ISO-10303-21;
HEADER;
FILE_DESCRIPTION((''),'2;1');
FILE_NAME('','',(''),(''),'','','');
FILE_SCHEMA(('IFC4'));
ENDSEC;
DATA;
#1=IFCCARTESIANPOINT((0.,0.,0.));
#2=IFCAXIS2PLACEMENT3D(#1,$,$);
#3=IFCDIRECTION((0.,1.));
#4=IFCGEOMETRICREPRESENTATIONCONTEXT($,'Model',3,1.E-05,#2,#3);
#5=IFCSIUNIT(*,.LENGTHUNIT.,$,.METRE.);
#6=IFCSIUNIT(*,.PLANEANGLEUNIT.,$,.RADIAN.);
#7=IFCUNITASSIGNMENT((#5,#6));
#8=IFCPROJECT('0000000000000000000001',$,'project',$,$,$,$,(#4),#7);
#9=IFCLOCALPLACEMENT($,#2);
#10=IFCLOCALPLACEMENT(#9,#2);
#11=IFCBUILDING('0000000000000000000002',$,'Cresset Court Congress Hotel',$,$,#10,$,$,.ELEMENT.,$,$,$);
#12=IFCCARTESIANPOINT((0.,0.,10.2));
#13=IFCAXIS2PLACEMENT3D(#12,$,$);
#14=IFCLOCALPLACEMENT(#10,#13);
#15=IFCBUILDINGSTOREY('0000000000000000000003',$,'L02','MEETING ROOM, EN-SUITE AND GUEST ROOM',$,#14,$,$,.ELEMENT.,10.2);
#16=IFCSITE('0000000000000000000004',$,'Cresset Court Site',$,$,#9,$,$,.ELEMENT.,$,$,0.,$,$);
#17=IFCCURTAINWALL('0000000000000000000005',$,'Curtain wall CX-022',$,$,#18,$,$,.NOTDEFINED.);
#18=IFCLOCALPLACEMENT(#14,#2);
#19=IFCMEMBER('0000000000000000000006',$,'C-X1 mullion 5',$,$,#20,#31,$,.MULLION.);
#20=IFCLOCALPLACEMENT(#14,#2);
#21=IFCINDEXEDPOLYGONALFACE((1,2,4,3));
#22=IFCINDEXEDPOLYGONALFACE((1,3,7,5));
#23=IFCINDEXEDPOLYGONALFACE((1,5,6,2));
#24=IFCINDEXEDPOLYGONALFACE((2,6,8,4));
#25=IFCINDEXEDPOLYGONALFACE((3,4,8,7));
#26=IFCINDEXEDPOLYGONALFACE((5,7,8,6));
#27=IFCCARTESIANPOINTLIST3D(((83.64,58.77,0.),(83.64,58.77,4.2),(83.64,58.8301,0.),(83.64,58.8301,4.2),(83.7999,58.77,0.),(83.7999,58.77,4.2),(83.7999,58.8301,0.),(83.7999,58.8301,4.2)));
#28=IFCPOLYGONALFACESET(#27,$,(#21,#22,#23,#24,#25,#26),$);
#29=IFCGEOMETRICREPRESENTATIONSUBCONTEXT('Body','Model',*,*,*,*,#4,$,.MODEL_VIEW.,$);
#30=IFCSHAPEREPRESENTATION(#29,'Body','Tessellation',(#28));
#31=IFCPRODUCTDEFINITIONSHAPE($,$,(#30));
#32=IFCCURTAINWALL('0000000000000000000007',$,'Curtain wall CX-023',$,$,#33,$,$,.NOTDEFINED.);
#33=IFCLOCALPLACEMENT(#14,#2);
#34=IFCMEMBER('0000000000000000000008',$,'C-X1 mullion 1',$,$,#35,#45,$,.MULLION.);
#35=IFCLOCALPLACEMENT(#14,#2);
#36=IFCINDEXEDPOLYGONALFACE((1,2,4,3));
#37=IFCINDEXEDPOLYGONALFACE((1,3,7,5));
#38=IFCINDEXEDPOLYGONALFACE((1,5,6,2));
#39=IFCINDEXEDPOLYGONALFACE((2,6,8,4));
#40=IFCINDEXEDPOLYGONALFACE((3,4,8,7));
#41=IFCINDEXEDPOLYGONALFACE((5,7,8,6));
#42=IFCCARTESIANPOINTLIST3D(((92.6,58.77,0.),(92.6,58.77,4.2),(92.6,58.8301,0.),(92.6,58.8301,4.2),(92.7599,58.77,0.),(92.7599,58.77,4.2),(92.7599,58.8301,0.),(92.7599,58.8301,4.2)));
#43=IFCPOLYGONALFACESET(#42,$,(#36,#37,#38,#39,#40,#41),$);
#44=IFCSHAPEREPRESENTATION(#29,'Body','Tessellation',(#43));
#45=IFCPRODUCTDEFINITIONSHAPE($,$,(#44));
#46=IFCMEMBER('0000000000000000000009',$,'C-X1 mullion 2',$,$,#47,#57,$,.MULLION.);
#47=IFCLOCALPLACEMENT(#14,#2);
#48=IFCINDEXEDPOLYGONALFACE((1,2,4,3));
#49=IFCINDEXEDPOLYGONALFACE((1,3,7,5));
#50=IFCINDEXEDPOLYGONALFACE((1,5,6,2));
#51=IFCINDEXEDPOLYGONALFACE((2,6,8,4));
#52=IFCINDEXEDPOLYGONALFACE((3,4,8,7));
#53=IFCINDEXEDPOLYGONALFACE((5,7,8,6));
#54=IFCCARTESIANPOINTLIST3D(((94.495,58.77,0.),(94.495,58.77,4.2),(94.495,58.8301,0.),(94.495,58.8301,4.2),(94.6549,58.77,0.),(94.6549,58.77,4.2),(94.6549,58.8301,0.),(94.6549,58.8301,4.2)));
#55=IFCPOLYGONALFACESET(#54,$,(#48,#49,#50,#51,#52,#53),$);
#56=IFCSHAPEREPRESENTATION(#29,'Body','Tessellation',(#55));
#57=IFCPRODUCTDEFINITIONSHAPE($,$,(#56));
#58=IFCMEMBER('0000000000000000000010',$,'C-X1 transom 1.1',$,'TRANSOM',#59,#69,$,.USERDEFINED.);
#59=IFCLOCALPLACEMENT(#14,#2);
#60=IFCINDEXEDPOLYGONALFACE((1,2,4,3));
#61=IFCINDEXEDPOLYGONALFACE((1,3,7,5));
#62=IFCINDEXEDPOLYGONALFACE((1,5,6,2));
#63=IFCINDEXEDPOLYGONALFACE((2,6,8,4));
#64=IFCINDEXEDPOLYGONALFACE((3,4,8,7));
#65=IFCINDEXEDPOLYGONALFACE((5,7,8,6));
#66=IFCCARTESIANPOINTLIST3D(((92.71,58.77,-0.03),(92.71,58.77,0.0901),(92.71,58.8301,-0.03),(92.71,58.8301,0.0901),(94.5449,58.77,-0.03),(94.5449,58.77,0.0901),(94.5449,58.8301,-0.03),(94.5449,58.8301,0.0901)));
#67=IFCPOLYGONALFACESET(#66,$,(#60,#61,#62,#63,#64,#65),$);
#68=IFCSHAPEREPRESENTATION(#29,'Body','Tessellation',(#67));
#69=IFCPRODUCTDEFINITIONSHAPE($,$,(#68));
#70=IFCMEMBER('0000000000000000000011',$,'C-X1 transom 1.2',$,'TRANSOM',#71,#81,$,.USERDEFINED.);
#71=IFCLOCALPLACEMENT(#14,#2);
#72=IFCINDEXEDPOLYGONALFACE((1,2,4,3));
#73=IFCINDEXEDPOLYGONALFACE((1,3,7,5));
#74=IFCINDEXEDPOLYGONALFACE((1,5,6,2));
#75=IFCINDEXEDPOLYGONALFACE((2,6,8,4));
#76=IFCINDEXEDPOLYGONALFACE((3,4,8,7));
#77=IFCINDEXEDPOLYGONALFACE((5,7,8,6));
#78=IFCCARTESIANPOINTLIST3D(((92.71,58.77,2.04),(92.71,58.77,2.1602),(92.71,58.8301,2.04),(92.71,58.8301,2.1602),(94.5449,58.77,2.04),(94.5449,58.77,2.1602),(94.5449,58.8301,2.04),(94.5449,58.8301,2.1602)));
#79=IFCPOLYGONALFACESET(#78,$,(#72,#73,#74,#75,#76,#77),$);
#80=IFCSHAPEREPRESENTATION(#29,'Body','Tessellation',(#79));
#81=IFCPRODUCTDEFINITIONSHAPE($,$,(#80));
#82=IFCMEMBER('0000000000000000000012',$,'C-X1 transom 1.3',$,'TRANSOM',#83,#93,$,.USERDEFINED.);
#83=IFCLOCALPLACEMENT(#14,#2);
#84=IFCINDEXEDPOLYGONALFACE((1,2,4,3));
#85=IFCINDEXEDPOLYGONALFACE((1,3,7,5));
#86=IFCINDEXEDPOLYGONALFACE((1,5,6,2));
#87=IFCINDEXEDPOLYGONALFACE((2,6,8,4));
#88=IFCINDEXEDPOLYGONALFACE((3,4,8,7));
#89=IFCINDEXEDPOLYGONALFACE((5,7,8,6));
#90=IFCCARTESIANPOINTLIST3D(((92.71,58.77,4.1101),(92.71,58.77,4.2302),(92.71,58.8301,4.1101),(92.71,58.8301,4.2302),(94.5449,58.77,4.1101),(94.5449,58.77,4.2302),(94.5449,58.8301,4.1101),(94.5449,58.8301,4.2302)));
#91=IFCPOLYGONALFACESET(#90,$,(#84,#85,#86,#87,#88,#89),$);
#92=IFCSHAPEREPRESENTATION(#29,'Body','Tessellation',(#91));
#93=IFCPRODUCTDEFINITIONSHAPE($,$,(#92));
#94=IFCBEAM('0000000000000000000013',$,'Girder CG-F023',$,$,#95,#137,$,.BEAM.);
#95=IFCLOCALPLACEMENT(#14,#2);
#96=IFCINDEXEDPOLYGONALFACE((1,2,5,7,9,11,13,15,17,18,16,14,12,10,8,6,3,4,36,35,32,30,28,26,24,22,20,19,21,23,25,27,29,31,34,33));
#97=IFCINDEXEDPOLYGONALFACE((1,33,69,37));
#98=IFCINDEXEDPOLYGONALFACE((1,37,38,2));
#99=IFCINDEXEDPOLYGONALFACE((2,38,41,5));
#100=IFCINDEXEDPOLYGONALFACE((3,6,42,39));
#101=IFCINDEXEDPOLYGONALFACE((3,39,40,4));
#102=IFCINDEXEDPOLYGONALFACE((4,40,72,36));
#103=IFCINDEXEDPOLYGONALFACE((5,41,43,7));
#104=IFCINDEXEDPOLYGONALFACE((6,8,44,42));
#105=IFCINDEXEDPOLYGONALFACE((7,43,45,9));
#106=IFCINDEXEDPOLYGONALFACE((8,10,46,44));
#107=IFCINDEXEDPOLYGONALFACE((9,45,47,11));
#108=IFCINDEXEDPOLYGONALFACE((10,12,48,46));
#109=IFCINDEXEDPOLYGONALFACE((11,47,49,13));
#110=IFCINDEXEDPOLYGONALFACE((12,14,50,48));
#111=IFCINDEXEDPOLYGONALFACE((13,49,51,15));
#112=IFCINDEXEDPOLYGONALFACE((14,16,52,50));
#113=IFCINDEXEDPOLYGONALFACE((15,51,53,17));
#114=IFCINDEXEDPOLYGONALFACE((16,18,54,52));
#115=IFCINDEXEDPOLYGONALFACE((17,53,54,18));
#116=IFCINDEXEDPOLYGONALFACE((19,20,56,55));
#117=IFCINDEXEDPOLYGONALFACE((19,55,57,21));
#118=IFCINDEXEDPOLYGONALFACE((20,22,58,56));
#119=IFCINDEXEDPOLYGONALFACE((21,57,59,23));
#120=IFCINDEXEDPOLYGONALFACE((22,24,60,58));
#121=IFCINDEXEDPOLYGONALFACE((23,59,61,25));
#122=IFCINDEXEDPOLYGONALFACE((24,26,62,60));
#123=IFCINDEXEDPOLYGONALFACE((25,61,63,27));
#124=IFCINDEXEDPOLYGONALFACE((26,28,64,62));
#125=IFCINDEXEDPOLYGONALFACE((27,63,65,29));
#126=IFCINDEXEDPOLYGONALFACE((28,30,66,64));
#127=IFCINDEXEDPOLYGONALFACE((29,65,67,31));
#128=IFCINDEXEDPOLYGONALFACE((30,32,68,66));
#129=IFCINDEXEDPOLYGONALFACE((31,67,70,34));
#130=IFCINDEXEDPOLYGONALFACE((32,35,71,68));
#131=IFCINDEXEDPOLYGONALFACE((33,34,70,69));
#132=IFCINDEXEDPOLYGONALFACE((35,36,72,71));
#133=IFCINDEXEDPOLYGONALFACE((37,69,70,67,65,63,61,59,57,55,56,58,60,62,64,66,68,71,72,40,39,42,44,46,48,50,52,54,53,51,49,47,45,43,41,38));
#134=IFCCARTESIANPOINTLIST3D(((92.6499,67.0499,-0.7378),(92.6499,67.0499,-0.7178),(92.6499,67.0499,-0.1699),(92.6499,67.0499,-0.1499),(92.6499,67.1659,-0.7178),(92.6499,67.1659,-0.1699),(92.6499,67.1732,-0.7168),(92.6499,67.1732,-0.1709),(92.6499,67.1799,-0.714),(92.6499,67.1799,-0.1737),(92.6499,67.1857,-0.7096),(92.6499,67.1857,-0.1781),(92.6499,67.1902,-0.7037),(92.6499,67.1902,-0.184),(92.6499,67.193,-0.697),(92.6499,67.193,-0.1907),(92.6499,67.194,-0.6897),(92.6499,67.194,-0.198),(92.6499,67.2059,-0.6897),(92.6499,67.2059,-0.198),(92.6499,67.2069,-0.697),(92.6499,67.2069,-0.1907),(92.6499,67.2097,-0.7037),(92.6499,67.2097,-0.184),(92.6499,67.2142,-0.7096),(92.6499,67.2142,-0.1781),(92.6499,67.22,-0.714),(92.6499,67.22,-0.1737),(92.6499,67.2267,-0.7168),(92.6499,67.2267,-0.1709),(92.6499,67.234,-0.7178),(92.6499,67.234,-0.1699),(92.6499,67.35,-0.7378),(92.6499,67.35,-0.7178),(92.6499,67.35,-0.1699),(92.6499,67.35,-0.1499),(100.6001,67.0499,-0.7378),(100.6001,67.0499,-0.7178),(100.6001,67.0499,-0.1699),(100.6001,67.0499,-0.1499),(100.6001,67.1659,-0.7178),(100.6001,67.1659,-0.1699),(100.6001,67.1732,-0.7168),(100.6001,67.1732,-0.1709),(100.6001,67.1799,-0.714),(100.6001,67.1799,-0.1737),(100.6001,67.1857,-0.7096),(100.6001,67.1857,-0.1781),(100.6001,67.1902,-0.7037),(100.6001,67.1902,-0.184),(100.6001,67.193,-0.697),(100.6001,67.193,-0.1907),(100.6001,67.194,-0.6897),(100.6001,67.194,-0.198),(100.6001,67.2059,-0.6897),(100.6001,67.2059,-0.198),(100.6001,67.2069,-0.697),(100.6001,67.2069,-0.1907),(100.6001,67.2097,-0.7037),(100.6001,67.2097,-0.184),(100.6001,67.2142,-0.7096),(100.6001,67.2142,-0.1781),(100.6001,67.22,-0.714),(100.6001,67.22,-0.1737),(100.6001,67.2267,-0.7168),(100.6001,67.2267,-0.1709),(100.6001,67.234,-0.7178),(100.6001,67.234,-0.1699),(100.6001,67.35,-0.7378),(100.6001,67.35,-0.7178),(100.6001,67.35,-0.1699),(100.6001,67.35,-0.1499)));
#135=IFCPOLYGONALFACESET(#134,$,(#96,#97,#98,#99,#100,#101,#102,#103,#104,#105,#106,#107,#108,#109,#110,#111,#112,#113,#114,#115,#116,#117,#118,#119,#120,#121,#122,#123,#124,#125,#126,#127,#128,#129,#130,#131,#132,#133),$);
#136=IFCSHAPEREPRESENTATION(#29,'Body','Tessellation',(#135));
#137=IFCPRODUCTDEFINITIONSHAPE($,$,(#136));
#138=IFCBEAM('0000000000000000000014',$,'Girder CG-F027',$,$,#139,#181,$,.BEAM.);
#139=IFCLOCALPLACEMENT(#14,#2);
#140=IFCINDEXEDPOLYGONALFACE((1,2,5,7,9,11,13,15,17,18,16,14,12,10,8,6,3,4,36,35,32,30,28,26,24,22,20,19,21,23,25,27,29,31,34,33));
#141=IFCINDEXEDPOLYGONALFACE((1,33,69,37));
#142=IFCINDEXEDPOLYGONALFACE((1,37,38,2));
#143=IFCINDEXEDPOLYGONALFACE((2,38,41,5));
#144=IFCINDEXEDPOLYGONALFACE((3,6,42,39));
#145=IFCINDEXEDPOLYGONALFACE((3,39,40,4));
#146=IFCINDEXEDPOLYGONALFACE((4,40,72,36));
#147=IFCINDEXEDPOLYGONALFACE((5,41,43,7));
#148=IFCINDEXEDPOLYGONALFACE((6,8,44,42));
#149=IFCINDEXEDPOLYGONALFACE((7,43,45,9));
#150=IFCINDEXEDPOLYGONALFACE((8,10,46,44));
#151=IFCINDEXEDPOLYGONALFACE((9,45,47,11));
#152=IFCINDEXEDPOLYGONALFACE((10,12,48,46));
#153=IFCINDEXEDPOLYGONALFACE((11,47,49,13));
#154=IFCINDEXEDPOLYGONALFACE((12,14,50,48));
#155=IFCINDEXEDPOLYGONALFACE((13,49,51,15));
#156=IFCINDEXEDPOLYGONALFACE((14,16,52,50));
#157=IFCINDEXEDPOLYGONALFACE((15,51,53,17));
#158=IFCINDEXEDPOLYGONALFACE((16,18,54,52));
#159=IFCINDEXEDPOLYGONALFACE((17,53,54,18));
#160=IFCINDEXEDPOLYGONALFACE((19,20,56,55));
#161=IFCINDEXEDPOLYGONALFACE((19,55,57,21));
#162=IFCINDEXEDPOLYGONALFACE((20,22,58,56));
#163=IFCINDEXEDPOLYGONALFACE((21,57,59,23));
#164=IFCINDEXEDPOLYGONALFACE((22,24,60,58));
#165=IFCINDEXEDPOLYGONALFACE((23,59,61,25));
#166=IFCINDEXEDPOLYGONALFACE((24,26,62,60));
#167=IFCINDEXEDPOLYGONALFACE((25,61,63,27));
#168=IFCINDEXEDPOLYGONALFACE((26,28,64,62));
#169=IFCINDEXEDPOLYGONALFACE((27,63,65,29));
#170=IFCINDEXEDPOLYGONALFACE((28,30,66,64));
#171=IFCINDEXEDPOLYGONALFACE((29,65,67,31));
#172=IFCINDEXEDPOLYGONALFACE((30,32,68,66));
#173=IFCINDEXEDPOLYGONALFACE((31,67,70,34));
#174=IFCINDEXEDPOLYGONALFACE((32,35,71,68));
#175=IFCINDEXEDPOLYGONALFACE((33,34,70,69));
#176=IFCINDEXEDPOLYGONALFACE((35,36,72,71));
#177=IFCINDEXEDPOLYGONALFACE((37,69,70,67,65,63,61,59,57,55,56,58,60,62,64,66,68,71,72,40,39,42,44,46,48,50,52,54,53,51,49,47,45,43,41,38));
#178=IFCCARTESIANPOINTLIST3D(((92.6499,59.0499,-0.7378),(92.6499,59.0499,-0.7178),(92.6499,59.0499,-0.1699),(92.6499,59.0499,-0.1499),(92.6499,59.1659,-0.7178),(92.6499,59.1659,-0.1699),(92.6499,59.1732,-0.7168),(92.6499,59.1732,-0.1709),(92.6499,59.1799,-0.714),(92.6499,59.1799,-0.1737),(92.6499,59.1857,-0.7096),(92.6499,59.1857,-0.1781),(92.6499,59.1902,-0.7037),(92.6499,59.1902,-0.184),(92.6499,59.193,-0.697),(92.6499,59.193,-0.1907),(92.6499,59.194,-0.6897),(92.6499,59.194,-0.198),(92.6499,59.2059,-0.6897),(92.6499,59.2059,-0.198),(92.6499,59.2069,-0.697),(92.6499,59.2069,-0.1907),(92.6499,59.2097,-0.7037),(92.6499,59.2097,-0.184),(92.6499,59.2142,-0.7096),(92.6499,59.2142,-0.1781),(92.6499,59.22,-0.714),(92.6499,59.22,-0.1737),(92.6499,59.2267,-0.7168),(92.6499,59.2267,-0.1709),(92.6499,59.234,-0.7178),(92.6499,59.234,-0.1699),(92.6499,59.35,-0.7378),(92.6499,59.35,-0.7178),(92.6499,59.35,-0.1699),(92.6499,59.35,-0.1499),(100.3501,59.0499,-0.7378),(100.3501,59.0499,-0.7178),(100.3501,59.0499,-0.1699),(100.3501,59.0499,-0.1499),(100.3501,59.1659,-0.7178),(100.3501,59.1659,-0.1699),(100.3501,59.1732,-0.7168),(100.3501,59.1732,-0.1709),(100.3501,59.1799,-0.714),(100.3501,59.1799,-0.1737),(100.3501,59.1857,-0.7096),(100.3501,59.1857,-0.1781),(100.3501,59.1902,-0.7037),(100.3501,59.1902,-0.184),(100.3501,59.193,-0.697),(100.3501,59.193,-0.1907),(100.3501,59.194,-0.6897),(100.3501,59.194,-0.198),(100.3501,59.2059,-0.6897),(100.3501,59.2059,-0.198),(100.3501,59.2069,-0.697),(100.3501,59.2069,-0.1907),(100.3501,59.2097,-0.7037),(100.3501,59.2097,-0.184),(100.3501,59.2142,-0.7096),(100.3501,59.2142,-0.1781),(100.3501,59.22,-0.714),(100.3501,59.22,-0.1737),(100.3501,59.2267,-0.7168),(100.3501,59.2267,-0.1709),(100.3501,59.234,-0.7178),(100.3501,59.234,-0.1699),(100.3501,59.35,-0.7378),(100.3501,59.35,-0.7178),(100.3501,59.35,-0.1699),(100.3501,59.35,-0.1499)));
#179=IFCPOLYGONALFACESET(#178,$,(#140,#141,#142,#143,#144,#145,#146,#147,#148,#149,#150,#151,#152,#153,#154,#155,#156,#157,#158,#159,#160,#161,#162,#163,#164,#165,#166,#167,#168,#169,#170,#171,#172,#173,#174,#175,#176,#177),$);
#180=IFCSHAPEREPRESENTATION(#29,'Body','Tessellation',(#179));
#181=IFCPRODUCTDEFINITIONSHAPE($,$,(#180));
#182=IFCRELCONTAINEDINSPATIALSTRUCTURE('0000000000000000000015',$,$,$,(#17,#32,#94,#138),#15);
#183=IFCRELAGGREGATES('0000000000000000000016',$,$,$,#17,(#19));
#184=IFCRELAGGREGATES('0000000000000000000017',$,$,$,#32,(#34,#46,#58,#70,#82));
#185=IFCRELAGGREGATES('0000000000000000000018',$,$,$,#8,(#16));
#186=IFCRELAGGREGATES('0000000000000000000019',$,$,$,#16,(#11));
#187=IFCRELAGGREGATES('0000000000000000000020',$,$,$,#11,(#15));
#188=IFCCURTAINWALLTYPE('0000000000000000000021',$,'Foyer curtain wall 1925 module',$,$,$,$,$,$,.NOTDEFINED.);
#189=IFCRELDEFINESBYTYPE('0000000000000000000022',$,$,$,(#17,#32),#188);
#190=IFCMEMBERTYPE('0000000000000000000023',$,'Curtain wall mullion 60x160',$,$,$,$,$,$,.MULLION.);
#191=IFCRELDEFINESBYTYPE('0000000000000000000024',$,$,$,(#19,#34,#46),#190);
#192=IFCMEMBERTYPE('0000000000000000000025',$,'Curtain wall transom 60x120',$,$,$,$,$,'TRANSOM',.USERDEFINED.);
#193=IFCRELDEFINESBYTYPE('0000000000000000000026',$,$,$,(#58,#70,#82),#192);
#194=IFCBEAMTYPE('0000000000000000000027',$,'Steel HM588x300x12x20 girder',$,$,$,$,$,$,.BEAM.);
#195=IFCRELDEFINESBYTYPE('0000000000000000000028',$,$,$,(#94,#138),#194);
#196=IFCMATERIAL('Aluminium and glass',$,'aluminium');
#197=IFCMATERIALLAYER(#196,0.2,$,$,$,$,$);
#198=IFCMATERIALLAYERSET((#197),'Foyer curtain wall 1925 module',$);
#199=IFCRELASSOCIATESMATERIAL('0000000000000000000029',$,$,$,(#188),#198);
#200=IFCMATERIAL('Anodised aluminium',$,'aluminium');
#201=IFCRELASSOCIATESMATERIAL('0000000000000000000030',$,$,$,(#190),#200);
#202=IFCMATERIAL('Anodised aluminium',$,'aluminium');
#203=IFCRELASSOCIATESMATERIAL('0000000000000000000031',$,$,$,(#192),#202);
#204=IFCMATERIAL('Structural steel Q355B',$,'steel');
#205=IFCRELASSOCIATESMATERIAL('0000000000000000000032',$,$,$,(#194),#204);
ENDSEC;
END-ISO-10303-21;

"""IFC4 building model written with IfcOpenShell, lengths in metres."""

from ifc_helpers import new_model, si_unit, direction, frame, origin, origin_2d, place, context, subcontext, project, spatial, rectangle, i_section, extrude, material, layer, layer_set, material_profile, profile_set, type_object, element, aggregate, save


model = new_model("IFC4")

# Units and contexts
model_context = context("Model", 3, precision=1e-05, world=origin(), true_north=direction((0.0, 1.0)))
body_context = subcontext(model_context, "Body", "Model", "MODEL_VIEW")
ifc_project = project(units=[si_unit("LENGTHUNIT", "METRE"), si_unit("PLANEANGLEUNIT", "RADIAN")], contexts=[model_context])

# Site, building, storey
site_placement = place(None, origin())
site = spatial("IfcSite", under=ifc_project, at=site_placement, Name="Cresset Court Site", CompositionType="ELEMENT", RefElevation=0.0)
building_placement = place(site_placement, origin())
building = spatial("IfcBuilding", under=site, at=building_placement, Name="Cresset Court Congress Hotel", CompositionType="ELEMENT")
storey_placement = place(building_placement, frame((0.0, 0.0, 10.2)))
storey = spatial("IfcBuildingStorey", under=building, at=storey_placement, Name="L02", Description="MEETING ROOM, EN-SUITE AND GUEST ROOM", CompositionType="ELEMENT", Elevation=10.2)

# Curtain wall, member
ifc_material_1 = material(Name="Aluminium and glass", Category="aluminium")
ifc_layer_1 = layer(ifc_material_1, 0.2)
ifc_layer_set_1 = layer_set([ifc_layer_1], Name="Foyer curtain wall 1925 module")
curtain_wall_type = type_object("IfcCurtainWallType", Name="Foyer curtain wall 1925 module", PredefinedType="NOTDEFINED", material=ifc_layer_set_1)
curtain_wall_1_placement = place(storey_placement, origin())
curtain_wall_1 = element("IfcCurtainWall", 1, at=curtain_wall_1_placement, inside=storey, type_object=curtain_wall_type, Name="Curtain wall CX-022", PredefinedType="NOTDEFINED")
ifc_material_2 = material(Name="Anodised aluminium", Category="aluminium")
ifc_material_profile_1 = material_profile(ifc_material_2, rectangle(XDim=0.0601, YDim=0.1599, at=origin_2d()), Name="AL60x160")
ifc_profile_set_1 = profile_set([ifc_material_profile_1], Name="Anodised aluminium")
member_type_1 = type_object("IfcMemberType", Name="Curtain wall mullion 60x160", PredefinedType="MULLION", material=ifc_profile_set_1)
member_1_placement = place(storey_placement, frame((83.72, 58.8, 0.0), z_axis=(0.0, 0.0, 1.0), x_axis=(0.0, 1.0, 0.0)))
member_1 = element("IfcMember", 2, at=member_1_placement, type_object=member_type_1, Name="C-X1 mullion 5", PredefinedType="MULLION", context=body_context, shape_type="SweptSolid", body=[
    extrude(rectangle(XDim=0.0601, YDim=0.1599, at=origin_2d()), origin(), (0.0, 0.0, 1.0), 4.2),
])
aggregate(curtain_wall_1, [member_1])

# Curtain wall, members
curtain_wall_2_placement = place(storey_placement, origin())
curtain_wall_2 = element("IfcCurtainWall", 3, at=curtain_wall_2_placement, inside=storey, type_object=curtain_wall_type, Name="Curtain wall CX-023", PredefinedType="NOTDEFINED")
member_2_placement = place(storey_placement, frame((92.6799, 58.8, 0.0), z_axis=(0.0, 0.0, 1.0), x_axis=(0.0, 1.0, 0.0)))
member_2 = element("IfcMember", 4, at=member_2_placement, type_object=member_type_1, Name="C-X1 mullion 1", PredefinedType="MULLION", context=body_context, shape_type="SweptSolid", body=[
    extrude(rectangle(XDim=0.0601, YDim=0.1599, at=origin_2d()), origin(), (0.0, 0.0, 1.0), 4.2),
])
member_3_placement = place(storey_placement, frame((94.575, 58.8, 0.0), z_axis=(0.0, 0.0, 1.0), x_axis=(0.0, 1.0, 0.0)))
member_3 = element("IfcMember", 5, at=member_3_placement, type_object=member_type_1, Name="C-X1 mullion 2", PredefinedType="MULLION", context=body_context, shape_type="SweptSolid", body=[
    extrude(rectangle(XDim=0.0601, YDim=0.1599, at=origin_2d()), origin(), (0.0, 0.0, 1.0), 4.2),
])
ifc_material_3 = material(Name="Anodised aluminium", Category="aluminium")
ifc_material_profile_2 = material_profile(ifc_material_3, rectangle(XDim=0.0601, YDim=0.1201, at=origin_2d()), Name="AL60x120")
ifc_profile_set_2 = profile_set([ifc_material_profile_2], Name="Anodised aluminium")
member_type_2 = type_object("IfcMemberType", Name="Curtain wall transom 60x120", ElementType="TRANSOM", PredefinedType="USERDEFINED", material=ifc_profile_set_2)
member_4_placement = place(storey_placement, frame((92.71, 58.8, 0.03), z_axis=(1.0, 0.0, 0.0), x_axis=(0.0, 1.0, 0.0)))
member_4 = element("IfcMember", 6, at=member_4_placement, type_object=member_type_2, Name="C-X1 transom 1.1", ObjectType="TRANSOM", PredefinedType="USERDEFINED", context=body_context, shape_type="SweptSolid", body=[
    extrude(rectangle(XDim=0.0601, YDim=0.1201, at=origin_2d()), origin(), (0.0, 0.0, 1.0), 1.835),
])
member_5_placement = place(storey_placement, frame((92.71, 58.8, 2.1001), z_axis=(1.0, 0.0, 0.0), x_axis=(0.0, 1.0, 0.0)))
member_5 = element("IfcMember", 7, at=member_5_placement, type_object=member_type_2, Name="C-X1 transom 1.2", ObjectType="TRANSOM", PredefinedType="USERDEFINED", context=body_context, shape_type="SweptSolid", body=[
    extrude(rectangle(XDim=0.0601, YDim=0.1201, at=origin_2d()), origin(), (0.0, 0.0, 1.0), 1.835),
])
member_6_placement = place(storey_placement, frame((92.71, 58.8, 4.1702), z_axis=(1.0, 0.0, 0.0), x_axis=(0.0, 1.0, 0.0)))
member_6 = element("IfcMember", 8, at=member_6_placement, type_object=member_type_2, Name="C-X1 transom 1.3", ObjectType="TRANSOM", PredefinedType="USERDEFINED", context=body_context, shape_type="SweptSolid", body=[
    extrude(rectangle(XDim=0.0601, YDim=0.1201, at=origin_2d()), origin(), (0.0, 0.0, 1.0), 1.835),
])

# Beams
ifc_material_4 = material(Name="Structural steel Q355B", Category="steel")
ifc_material_profile_3 = material_profile(ifc_material_4, i_section(OverallWidth=0.3, OverallDepth=0.5879, WebThickness=0.012, FlangeThickness=0.02, FilletRadius=0.0281, at=origin_2d()), Name="HM588x300x12x20")
ifc_profile_set_3 = profile_set([ifc_material_profile_3], Name="Structural steel Q355B")
beam_type_1 = type_object("IfcBeamType", Name="Steel HM588x300x12x20 girder", PredefinedType="BEAM", material=ifc_profile_set_3)
beam_1_placement = place(storey_placement, frame((92.6499, 67.2, -0.4438), z_axis=(1.0, 0.0, 0.0), x_axis=(0.0, 1.0, 0.0)))
element("IfcBeam", 9, at=beam_1_placement, inside=storey, type_object=beam_type_1, Name="Girder CG-F023", PredefinedType="BEAM", context=body_context, shape_type="SweptSolid", body=[
    extrude(i_section(OverallWidth=0.3, OverallDepth=0.5879, WebThickness=0.012, FlangeThickness=0.02, FilletRadius=0.0281, at=origin_2d()), origin(), (0.0, 0.0, 1.0), 7.9502),
])
beam_2_placement = place(storey_placement, frame((92.6499, 59.2, -0.4438), z_axis=(1.0, 0.0, 0.0), x_axis=(0.0, 1.0, 0.0)))
element("IfcBeam", 10, at=beam_2_placement, inside=storey, type_object=beam_type_1, Name="Girder CG-F027", PredefinedType="BEAM", context=body_context, shape_type="SweptSolid", body=[
    extrude(i_section(OverallWidth=0.3, OverallDepth=0.5879, WebThickness=0.012, FlangeThickness=0.02, FilletRadius=0.0281, at=origin_2d()), origin(), (0.0, 0.0, 1.0), 7.7002),
])

aggregate(curtain_wall_2, [member_2, member_3, member_4, member_5, member_6])

save(model, "model.ifc")
